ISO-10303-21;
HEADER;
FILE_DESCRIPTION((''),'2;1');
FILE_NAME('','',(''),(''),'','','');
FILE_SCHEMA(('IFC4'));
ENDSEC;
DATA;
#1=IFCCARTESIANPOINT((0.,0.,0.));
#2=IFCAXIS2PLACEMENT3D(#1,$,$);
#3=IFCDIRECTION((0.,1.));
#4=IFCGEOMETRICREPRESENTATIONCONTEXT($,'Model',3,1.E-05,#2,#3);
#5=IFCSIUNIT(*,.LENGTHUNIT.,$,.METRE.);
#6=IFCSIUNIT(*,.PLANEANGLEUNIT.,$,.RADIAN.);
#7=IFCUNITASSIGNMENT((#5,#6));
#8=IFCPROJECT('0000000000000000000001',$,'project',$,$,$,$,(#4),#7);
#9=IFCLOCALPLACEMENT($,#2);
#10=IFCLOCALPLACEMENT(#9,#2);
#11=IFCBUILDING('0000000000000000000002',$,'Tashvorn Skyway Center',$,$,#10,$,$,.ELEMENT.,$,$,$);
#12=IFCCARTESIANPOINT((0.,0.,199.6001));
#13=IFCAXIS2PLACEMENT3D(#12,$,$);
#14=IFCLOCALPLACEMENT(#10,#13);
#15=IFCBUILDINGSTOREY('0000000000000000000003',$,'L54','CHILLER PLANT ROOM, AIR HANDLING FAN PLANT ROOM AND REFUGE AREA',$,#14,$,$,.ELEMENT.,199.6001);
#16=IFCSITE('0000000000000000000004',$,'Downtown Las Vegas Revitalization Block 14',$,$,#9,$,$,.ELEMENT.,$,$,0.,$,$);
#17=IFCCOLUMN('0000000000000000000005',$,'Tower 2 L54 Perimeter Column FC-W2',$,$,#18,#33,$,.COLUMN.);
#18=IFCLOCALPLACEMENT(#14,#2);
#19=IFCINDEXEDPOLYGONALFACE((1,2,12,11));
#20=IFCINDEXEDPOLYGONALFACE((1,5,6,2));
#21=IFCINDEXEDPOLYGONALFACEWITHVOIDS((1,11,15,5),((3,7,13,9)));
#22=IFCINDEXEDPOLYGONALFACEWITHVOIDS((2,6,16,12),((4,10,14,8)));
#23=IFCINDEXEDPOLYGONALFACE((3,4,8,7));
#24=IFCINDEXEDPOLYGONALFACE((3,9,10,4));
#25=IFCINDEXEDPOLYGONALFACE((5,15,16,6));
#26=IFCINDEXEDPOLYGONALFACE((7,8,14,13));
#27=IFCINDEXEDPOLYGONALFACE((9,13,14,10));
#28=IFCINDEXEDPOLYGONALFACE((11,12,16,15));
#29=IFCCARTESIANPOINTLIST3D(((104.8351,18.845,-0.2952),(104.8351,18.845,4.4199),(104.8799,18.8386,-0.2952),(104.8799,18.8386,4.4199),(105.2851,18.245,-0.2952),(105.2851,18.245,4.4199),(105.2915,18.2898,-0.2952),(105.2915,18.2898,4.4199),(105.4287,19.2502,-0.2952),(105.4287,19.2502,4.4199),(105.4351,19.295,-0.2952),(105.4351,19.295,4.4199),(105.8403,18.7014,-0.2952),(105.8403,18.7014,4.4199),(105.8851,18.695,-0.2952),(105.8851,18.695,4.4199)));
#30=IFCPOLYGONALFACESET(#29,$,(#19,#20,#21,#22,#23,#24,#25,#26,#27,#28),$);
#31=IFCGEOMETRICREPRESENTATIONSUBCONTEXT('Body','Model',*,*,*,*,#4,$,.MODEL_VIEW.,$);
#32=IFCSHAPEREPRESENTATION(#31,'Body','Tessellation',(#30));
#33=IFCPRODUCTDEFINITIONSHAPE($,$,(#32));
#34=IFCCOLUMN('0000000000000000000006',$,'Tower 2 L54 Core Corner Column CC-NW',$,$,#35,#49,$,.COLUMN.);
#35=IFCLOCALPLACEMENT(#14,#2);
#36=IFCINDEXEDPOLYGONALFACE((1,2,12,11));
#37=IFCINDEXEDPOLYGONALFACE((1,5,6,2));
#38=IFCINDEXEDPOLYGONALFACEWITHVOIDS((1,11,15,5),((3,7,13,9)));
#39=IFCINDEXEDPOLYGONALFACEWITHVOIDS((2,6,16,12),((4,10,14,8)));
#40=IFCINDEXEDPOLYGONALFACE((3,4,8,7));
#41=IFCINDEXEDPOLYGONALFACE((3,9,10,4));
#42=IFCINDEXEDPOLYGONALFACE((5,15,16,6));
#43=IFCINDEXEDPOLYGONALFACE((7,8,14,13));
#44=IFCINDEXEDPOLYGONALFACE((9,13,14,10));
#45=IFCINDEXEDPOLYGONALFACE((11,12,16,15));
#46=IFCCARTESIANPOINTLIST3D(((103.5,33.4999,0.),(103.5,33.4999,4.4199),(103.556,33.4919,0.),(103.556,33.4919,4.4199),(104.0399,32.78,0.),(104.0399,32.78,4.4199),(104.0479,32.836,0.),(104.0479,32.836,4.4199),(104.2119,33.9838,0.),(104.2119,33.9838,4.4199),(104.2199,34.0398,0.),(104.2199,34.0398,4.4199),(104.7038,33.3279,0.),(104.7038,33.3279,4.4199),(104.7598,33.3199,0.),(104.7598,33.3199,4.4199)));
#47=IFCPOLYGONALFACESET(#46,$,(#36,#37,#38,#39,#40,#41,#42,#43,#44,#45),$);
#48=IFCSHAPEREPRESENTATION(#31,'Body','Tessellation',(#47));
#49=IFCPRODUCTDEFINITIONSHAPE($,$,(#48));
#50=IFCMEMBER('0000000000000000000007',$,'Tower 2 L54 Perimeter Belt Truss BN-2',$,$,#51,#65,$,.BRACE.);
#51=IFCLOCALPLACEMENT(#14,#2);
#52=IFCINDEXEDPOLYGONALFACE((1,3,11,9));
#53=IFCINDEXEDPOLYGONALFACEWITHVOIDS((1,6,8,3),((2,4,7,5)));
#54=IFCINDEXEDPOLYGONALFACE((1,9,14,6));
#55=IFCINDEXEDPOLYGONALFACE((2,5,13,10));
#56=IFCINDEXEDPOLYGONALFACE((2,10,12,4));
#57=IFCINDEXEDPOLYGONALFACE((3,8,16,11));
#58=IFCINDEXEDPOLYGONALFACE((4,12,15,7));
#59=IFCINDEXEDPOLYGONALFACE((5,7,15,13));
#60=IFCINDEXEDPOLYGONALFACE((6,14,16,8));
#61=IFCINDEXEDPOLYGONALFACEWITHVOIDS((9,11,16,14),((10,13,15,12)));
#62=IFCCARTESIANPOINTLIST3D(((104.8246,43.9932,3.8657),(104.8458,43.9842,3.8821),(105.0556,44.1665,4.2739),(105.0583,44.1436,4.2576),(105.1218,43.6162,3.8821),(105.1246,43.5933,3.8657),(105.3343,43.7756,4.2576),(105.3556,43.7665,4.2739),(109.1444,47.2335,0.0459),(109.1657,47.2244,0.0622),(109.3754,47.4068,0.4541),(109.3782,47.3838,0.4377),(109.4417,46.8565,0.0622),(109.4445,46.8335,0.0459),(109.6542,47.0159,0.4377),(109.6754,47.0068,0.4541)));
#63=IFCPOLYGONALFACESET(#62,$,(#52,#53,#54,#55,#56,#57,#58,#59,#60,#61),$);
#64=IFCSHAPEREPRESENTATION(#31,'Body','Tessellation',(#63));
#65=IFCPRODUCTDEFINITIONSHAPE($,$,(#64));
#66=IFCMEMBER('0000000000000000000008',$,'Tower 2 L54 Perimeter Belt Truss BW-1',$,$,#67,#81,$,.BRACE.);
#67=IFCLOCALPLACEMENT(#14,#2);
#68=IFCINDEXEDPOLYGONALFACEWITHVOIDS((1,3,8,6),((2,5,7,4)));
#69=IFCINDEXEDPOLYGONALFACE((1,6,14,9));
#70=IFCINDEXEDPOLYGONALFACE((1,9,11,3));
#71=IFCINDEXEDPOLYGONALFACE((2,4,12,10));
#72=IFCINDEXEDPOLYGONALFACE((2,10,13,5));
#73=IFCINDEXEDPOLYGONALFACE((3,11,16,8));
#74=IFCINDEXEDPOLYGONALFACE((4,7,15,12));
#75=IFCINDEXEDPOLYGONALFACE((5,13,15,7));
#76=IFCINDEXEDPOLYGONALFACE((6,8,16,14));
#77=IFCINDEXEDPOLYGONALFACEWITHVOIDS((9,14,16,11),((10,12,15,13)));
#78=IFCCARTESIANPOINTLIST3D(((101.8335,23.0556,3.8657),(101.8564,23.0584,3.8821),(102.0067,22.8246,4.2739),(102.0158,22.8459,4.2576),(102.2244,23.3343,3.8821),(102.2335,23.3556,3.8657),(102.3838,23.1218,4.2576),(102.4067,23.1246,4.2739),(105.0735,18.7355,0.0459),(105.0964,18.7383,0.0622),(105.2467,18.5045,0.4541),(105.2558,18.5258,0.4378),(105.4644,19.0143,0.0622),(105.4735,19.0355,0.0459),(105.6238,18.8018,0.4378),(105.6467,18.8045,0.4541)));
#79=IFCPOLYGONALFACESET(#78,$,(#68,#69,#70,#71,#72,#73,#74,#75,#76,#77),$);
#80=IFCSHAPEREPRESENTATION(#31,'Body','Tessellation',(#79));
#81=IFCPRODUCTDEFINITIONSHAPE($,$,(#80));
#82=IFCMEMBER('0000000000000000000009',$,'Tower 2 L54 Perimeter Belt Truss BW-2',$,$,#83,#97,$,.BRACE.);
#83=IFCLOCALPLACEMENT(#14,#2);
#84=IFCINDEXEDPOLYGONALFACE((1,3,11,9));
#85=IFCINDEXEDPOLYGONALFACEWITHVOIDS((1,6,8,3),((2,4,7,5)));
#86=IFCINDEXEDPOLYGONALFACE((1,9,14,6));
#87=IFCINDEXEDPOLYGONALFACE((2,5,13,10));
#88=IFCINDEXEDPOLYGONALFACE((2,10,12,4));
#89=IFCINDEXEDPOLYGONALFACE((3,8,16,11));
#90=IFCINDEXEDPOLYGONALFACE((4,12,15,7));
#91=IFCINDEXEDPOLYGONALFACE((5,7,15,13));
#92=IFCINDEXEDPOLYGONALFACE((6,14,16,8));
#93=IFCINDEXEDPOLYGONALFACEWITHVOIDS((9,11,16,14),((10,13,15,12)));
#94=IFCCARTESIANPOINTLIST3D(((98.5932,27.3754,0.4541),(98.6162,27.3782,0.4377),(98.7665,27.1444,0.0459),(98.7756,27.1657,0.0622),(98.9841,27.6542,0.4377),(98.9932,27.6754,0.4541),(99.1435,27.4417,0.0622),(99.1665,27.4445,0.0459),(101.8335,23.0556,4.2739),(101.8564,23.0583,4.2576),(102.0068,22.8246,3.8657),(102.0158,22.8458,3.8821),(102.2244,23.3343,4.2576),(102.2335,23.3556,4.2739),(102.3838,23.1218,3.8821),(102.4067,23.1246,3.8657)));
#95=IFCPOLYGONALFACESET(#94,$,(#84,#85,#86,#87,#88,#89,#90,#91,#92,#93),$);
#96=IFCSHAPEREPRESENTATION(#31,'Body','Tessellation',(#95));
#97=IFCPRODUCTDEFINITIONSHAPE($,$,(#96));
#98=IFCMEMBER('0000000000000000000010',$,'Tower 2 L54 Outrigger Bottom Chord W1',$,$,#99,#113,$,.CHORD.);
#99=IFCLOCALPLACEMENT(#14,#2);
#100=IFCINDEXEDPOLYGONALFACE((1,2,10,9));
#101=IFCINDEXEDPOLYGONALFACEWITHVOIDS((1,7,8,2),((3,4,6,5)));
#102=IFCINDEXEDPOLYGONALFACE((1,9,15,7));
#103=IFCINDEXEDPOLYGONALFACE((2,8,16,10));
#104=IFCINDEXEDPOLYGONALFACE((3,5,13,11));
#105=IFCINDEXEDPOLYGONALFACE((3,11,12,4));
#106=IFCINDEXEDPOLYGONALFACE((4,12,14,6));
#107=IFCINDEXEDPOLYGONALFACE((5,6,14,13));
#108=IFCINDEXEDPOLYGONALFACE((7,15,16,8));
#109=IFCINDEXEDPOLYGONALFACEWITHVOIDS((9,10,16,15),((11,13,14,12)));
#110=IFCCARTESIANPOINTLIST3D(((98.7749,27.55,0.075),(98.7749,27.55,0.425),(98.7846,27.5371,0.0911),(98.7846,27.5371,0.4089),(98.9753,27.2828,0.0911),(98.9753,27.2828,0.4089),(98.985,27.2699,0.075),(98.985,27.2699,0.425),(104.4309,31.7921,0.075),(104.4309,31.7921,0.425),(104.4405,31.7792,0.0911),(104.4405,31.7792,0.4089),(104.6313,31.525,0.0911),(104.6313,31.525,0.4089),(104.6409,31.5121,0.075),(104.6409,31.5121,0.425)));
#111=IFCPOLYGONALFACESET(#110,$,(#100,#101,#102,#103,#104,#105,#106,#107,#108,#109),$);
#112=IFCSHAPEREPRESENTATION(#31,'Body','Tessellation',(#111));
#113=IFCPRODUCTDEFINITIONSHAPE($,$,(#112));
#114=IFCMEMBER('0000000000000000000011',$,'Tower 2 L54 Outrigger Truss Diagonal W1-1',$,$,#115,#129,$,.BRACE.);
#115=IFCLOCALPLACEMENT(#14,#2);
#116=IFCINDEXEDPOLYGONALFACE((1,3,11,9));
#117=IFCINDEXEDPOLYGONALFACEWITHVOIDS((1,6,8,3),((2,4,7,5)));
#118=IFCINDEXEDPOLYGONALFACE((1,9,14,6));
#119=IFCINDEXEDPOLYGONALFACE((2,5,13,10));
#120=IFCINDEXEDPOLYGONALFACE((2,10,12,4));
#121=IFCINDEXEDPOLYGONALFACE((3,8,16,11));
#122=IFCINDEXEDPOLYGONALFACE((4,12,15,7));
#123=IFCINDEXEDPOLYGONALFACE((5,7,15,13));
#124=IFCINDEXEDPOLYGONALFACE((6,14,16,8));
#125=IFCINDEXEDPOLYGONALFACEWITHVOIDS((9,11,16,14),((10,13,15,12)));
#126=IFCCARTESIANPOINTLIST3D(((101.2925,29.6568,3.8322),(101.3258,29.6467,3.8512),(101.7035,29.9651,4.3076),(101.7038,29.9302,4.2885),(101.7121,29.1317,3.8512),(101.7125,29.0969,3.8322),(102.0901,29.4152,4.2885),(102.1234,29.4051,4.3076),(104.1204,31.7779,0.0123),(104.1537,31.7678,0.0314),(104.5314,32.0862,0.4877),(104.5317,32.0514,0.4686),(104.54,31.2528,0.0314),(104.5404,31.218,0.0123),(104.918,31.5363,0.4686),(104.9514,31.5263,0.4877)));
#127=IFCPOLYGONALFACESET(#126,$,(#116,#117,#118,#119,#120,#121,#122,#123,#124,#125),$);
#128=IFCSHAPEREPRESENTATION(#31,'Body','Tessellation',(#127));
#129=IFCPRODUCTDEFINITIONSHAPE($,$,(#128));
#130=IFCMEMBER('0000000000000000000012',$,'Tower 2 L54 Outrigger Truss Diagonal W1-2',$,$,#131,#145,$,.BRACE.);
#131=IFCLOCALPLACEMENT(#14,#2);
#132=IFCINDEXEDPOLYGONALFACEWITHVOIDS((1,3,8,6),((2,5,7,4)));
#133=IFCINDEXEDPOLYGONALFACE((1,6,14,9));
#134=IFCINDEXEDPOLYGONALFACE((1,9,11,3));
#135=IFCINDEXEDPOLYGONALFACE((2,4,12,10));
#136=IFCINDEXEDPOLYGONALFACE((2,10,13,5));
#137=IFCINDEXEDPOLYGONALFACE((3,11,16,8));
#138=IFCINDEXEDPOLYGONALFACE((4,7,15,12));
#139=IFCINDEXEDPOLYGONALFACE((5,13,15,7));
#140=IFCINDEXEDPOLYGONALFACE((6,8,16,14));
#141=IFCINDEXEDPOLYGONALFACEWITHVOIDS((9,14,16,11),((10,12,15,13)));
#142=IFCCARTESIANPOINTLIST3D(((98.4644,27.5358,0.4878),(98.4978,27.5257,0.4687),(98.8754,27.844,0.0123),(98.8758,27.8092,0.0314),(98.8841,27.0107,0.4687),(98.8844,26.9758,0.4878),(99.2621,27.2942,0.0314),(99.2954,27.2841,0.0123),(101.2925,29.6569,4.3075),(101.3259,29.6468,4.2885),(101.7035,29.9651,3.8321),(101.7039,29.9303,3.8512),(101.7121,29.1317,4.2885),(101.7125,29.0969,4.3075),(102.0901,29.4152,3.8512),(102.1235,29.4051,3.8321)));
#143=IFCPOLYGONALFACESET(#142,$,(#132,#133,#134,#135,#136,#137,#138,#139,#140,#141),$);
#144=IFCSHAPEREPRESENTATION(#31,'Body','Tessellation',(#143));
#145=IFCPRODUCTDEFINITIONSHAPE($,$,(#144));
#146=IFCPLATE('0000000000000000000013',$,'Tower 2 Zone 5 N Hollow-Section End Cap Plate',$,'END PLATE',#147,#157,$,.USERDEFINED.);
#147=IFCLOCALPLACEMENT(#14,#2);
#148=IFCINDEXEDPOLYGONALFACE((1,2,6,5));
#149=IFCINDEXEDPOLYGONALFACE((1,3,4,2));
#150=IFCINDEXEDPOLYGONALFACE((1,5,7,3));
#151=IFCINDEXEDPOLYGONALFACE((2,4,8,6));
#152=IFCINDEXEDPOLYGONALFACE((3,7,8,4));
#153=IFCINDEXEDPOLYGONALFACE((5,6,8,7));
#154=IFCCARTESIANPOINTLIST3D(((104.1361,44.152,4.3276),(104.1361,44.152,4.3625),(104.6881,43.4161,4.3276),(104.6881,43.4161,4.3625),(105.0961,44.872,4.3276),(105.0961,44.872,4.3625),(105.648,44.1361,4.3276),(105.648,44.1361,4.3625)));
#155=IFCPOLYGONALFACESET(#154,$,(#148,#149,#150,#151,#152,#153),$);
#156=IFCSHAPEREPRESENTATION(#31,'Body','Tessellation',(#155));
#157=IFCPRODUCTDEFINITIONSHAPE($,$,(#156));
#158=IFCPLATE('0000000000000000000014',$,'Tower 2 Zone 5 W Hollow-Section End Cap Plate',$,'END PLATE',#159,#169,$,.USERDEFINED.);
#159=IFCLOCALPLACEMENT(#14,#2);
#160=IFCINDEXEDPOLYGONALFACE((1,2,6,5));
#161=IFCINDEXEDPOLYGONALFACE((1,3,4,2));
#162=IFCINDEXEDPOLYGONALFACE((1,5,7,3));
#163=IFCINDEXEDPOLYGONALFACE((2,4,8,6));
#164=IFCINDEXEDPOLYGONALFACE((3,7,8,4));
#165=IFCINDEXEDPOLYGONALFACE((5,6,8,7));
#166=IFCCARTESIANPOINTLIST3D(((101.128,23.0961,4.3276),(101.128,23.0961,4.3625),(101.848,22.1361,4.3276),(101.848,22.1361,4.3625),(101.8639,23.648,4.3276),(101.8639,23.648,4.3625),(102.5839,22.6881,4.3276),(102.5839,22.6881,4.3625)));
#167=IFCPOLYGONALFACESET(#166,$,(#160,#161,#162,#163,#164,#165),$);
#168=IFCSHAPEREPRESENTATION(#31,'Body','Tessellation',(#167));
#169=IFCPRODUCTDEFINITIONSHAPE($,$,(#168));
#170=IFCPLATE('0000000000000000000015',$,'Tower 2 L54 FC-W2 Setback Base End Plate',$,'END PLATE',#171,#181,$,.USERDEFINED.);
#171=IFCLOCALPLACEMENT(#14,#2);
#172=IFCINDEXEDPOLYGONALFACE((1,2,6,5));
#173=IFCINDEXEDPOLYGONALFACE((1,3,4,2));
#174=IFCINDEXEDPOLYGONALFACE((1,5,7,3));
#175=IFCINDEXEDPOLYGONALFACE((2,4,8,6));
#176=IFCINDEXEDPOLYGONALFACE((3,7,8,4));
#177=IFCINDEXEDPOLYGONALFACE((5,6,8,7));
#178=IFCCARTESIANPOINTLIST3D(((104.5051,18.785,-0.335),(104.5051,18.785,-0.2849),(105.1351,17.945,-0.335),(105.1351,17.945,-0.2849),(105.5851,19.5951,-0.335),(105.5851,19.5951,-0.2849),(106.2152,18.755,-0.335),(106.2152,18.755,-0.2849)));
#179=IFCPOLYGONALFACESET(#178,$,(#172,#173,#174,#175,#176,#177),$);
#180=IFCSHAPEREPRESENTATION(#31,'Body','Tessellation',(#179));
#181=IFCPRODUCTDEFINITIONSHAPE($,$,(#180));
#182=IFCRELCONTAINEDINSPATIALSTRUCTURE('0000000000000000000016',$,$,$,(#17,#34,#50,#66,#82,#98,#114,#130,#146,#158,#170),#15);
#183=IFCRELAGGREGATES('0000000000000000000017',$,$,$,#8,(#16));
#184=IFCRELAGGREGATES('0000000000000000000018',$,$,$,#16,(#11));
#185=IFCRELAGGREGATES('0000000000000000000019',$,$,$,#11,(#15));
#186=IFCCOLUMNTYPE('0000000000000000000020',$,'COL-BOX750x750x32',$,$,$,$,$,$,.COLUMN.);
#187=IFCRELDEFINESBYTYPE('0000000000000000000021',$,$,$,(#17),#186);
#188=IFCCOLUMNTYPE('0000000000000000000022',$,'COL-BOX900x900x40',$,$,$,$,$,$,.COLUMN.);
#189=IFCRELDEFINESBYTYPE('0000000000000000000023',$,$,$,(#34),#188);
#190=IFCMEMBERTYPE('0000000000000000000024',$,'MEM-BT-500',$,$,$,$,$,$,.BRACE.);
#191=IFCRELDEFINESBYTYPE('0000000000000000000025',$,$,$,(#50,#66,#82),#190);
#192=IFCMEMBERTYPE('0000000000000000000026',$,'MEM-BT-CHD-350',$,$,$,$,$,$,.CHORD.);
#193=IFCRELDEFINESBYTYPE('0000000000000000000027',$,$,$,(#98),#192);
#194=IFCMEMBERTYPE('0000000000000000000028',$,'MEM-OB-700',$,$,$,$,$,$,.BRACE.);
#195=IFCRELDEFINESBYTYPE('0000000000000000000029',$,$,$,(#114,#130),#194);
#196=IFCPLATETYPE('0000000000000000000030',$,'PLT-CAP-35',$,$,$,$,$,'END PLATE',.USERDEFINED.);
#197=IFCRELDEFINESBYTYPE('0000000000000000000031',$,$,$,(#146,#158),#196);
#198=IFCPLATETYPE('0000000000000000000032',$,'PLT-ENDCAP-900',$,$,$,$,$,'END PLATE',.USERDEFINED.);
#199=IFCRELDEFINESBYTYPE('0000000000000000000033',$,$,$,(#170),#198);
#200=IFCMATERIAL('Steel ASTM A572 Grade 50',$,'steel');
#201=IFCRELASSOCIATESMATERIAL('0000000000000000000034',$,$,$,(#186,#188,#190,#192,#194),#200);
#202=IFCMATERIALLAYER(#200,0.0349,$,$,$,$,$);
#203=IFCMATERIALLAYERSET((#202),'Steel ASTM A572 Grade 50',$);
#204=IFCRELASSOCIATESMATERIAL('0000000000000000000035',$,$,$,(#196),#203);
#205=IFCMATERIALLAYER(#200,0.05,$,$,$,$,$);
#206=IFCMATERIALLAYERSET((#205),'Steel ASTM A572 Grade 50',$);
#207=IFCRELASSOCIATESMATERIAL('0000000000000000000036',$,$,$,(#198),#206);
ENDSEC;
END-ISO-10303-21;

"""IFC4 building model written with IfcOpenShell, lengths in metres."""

from ifc_helpers import new_model, si_unit, direction, frame, origin, origin_2d, place, context, subcontext, project, spatial, rectangle, hollow_rectangle, extrude, material, layer, layer_set, material_profile, profile_set, type_object, element, save


model = new_model("IFC4")

# Units and contexts
model_context = context("Model", 3, precision=1e-05, world=origin(), true_north=direction((0.0, 1.0)))
body_context = subcontext(model_context, "Body", "Model", "MODEL_VIEW")
ifc_project = project(units=[si_unit("LENGTHUNIT", "METRE"), si_unit("PLANEANGLEUNIT", "RADIAN")], contexts=[model_context])

# Site, building, storey
site_placement = place(None, origin())
site = spatial("IfcSite", under=ifc_project, at=site_placement, Name="Downtown Las Vegas Revitalization Block 14", CompositionType="ELEMENT", RefElevation=0.0)
building_placement = place(site_placement, origin())
building = spatial("IfcBuilding", under=site, at=building_placement, Name="Tashvorn Skyway Center", CompositionType="ELEMENT")
storey_placement = place(building_placement, frame((0.0, 0.0, 199.6001)))
storey = spatial("IfcBuildingStorey", under=building, at=storey_placement, Name="L54", Description="CHILLER PLANT ROOM, AIR HANDLING FAN PLANT ROOM AND REFUGE AREA", CompositionType="ELEMENT", Elevation=199.6001)

# Columns
ifc_material_1 = material(Name="Steel ASTM A572 Grade 50", Category="steel")
ifc_material_profile_1 = material_profile(ifc_material_1, hollow_rectangle(XDim=0.75, YDim=0.75, WallThickness=0.032, at=origin_2d()), Name="BOX750x750x32")
ifc_profile_set_1 = profile_set([ifc_material_profile_1], Name="Steel ASTM A572 Grade 50")
column_type_1 = type_object("IfcColumnType", Name="COL-BOX750x750x32", PredefinedType="COLUMN", material=ifc_profile_set_1)
column_1_placement = place(storey_placement, frame((105.3601, 18.77, -0.2952), z_axis=(0.0, 0.0, 1.0), x_axis=(0.8, 0.6, 0.0)))
element("IfcColumn", 1, at=column_1_placement, inside=storey, type_object=column_type_1, Name="Tower 2 L54 Perimeter Column FC-W2", PredefinedType="COLUMN", context=body_context, shape_type="SweptSolid", body=[
    extrude(hollow_rectangle(XDim=0.75, YDim=0.75, WallThickness=0.032, at=origin_2d()), origin(), (0.0, 0.0, 1.0), 4.7151),
])
ifc_material_profile_2 = material_profile(ifc_material_1, hollow_rectangle(XDim=0.8999, YDim=0.8999, WallThickness=0.04, at=origin_2d()), Name="BOX900x900x40")
ifc_profile_set_2 = profile_set([ifc_material_profile_2], Name="Steel ASTM A572 Grade 50")
column_type_2 = type_object("IfcColumnType", Name="COL-BOX900x900x40", PredefinedType="COLUMN", material=ifc_profile_set_2)
column_2_placement = place(storey_placement, frame((104.1299, 33.4099, 0.0), z_axis=(0.0, 0.0, 1.0), x_axis=(0.8, 0.6, 0.0)))
element("IfcColumn", 2, at=column_2_placement, inside=storey, type_object=column_type_2, Name="Tower 2 L54 Core Corner Column CC-NW", PredefinedType="COLUMN", context=body_context, shape_type="SweptSolid", body=[
    extrude(hollow_rectangle(XDim=0.8999, YDim=0.8999, WallThickness=0.04, at=origin_2d()), origin(), (0.0, 0.0, 1.0), 4.4199),
])

# Members
ifc_material_profile_3 = material_profile(ifc_material_1, hollow_rectangle(XDim=0.5, YDim=0.5, WallThickness=0.02, at=origin_2d()), Name="HSS500x500x20")
ifc_profile_set_3 = profile_set([ifc_material_profile_3], Name="Steel ASTM A572 Grade 50")
member_type_1 = type_object("IfcMemberType", Name="MEM-BT-500", PredefinedType="BRACE", material=ifc_profile_set_3)
for number, where, z_axis, x_axis, name in (
    (3, (105.0901, 43.8799, 4.0698), (0.653088, 0.489871, -0.577496), (-0.600043, 0.799967, 0.0), "Tower 2 L54 Perimeter Belt Truss BN-2"),
    (4, (105.3601, 18.77, 0.25), (-0.489832, 0.653121, 0.577493), (-0.800005, -0.599993, 0.0), "Tower 2 L54 Perimeter Belt Truss BW-1"),
    (5, (102.1201, 23.0901, 4.0698), (-0.489871, 0.653088, -0.577496), (-0.799967, -0.600043, 0.0), "Tower 2 L54 Perimeter Belt Truss BW-2"),
):
    element("IfcMember", number, at=place(storey_placement, frame(where, z_axis=z_axis, x_axis=x_axis)), inside=storey, type_object=member_type_1, Name=name, PredefinedType="BRACE", context=body_context, shape_type="SweptSolid", body=[
        extrude(hollow_rectangle(XDim=0.5, YDim=0.5, WallThickness=0.02, at=origin_2d()), origin(), (0.0, 0.0, 1.0), 6.6145),
    ])
ifc_material_profile_4 = material_profile(ifc_material_1, hollow_rectangle(XDim=0.3501, YDim=0.3501, WallThickness=0.0161, at=origin_2d()), Name="HSS350x350x16")
ifc_profile_set_4 = profile_set([ifc_material_profile_4], Name="Steel ASTM A572 Grade 50")
member_type_2 = type_object("IfcMemberType", Name="MEM-BT-CHD-350", PredefinedType="CHORD", material=ifc_profile_set_4)
member_placement = place(storey_placement, frame((104.5359, 31.6521, 0.25), z_axis=(-0.799988, -0.600017, 0.0), x_axis=(0.600017, -0.799988, 0.0)))
element("IfcMember", 6, at=member_placement, inside=storey, type_object=member_type_2, Name="Tower 2 L54 Outrigger Bottom Chord W1", PredefinedType="CHORD", context=body_context, shape_type="SweptSolid", body=[
    extrude(hollow_rectangle(XDim=0.3501, YDim=0.3501, WallThickness=0.0161, at=origin_2d()), origin(), (0.0, 0.0, 1.0), 7.0701),
])
ifc_material_profile_5 = material_profile(ifc_material_1, hollow_rectangle(XDim=0.7, YDim=0.7, WallThickness=0.0281, at=origin_2d()), Name="BOX700x700x28")
ifc_profile_set_5 = profile_set([ifc_material_profile_5], Name="Steel ASTM A572 Grade 50")
member_type_3 = type_object("IfcMemberType", Name="MEM-OB-700", PredefinedType="BRACE", material=ifc_profile_set_5)
for number, where, z_axis, x_axis, name in (
    (7, (104.5359, 31.6521, 0.25), (-0.543351, -0.407549, 0.733944), (0.600033, -0.799975, 0.0), "Tower 2 L54 Outrigger Truss Diagonal W1-1"),
    (8, (101.708, 29.531, 4.0698), (-0.543384, -0.407538, -0.733925), (0.6, -0.8, 0.0), "Tower 2 L54 Outrigger Truss Diagonal W1-2"),
):
    element("IfcMember", number, at=place(storey_placement, frame(where, z_axis=z_axis, x_axis=x_axis)), inside=storey, type_object=member_type_3, Name=name, PredefinedType="BRACE", context=body_context, shape_type="SweptSolid", body=[
        extrude(hollow_rectangle(XDim=0.7, YDim=0.7, WallThickness=0.0281, at=origin_2d()), origin(), (0.0, 0.0, 1.0), 5.2046),
    ])

# Plates
ifc_layer_1 = layer(ifc_material_1, 0.0349)
ifc_layer_set_1 = layer_set([ifc_layer_1], Name="Steel ASTM A572 Grade 50")
plate_type_1 = type_object("IfcPlateType", Name="PLT-CAP-35", ElementType="END PLATE", PredefinedType="USERDEFINED", material=ifc_layer_set_1)
for number, where, z_axis, x_axis, name in (
    (9, (104.8921, 44.144, 4.3276), (0.0, 0.0, 1.0), (-0.8, -0.6, 0.0), "Tower 2 Zone 5 N Hollow-Section End Cap Plate"),
    (10, (101.856, 22.8921, 4.3276), (0.0, 0.0, 1.0), (0.6, -0.8, 0.0), "Tower 2 Zone 5 W Hollow-Section End Cap Plate"),
):
    element("IfcPlate", number, at=place(storey_placement, frame(where, z_axis=z_axis, x_axis=x_axis)), inside=storey, type_object=plate_type_1, Name=name, ObjectType="END PLATE", PredefinedType="USERDEFINED", context=body_context, shape_type="SweptSolid", body=[
        extrude(rectangle(XDim=1.2, YDim=0.9199, at=origin_2d()), origin(), (0.0, 0.0, 1.0), 0.0349),
    ])
ifc_layer_2 = layer(ifc_material_1, 0.05)
ifc_layer_set_2 = layer_set([ifc_layer_2], Name="Steel ASTM A572 Grade 50")
plate_type_2 = type_object("IfcPlateType", Name="PLT-ENDCAP-900", ElementType="END PLATE", PredefinedType="USERDEFINED", material=ifc_layer_set_2)
plate_1_placement = place(storey_placement, frame((105.3601, 18.77, -0.335), z_axis=(0.0, 0.0, 1.0), x_axis=(0.8, 0.6, 0.0)))
element("IfcPlate", 11, at=plate_1_placement, inside=storey, type_object=plate_type_2, Name="Tower 2 L54 FC-W2 Setback Base End Plate", ObjectType="END PLATE", PredefinedType="USERDEFINED", context=body_context, shape_type="SweptSolid", body=[
    extrude(rectangle(XDim=1.3501, YDim=1.05, at=origin_2d()), origin(), (0.0, 0.0, 1.0), 0.05),
])

save(model, "model.ifc")
